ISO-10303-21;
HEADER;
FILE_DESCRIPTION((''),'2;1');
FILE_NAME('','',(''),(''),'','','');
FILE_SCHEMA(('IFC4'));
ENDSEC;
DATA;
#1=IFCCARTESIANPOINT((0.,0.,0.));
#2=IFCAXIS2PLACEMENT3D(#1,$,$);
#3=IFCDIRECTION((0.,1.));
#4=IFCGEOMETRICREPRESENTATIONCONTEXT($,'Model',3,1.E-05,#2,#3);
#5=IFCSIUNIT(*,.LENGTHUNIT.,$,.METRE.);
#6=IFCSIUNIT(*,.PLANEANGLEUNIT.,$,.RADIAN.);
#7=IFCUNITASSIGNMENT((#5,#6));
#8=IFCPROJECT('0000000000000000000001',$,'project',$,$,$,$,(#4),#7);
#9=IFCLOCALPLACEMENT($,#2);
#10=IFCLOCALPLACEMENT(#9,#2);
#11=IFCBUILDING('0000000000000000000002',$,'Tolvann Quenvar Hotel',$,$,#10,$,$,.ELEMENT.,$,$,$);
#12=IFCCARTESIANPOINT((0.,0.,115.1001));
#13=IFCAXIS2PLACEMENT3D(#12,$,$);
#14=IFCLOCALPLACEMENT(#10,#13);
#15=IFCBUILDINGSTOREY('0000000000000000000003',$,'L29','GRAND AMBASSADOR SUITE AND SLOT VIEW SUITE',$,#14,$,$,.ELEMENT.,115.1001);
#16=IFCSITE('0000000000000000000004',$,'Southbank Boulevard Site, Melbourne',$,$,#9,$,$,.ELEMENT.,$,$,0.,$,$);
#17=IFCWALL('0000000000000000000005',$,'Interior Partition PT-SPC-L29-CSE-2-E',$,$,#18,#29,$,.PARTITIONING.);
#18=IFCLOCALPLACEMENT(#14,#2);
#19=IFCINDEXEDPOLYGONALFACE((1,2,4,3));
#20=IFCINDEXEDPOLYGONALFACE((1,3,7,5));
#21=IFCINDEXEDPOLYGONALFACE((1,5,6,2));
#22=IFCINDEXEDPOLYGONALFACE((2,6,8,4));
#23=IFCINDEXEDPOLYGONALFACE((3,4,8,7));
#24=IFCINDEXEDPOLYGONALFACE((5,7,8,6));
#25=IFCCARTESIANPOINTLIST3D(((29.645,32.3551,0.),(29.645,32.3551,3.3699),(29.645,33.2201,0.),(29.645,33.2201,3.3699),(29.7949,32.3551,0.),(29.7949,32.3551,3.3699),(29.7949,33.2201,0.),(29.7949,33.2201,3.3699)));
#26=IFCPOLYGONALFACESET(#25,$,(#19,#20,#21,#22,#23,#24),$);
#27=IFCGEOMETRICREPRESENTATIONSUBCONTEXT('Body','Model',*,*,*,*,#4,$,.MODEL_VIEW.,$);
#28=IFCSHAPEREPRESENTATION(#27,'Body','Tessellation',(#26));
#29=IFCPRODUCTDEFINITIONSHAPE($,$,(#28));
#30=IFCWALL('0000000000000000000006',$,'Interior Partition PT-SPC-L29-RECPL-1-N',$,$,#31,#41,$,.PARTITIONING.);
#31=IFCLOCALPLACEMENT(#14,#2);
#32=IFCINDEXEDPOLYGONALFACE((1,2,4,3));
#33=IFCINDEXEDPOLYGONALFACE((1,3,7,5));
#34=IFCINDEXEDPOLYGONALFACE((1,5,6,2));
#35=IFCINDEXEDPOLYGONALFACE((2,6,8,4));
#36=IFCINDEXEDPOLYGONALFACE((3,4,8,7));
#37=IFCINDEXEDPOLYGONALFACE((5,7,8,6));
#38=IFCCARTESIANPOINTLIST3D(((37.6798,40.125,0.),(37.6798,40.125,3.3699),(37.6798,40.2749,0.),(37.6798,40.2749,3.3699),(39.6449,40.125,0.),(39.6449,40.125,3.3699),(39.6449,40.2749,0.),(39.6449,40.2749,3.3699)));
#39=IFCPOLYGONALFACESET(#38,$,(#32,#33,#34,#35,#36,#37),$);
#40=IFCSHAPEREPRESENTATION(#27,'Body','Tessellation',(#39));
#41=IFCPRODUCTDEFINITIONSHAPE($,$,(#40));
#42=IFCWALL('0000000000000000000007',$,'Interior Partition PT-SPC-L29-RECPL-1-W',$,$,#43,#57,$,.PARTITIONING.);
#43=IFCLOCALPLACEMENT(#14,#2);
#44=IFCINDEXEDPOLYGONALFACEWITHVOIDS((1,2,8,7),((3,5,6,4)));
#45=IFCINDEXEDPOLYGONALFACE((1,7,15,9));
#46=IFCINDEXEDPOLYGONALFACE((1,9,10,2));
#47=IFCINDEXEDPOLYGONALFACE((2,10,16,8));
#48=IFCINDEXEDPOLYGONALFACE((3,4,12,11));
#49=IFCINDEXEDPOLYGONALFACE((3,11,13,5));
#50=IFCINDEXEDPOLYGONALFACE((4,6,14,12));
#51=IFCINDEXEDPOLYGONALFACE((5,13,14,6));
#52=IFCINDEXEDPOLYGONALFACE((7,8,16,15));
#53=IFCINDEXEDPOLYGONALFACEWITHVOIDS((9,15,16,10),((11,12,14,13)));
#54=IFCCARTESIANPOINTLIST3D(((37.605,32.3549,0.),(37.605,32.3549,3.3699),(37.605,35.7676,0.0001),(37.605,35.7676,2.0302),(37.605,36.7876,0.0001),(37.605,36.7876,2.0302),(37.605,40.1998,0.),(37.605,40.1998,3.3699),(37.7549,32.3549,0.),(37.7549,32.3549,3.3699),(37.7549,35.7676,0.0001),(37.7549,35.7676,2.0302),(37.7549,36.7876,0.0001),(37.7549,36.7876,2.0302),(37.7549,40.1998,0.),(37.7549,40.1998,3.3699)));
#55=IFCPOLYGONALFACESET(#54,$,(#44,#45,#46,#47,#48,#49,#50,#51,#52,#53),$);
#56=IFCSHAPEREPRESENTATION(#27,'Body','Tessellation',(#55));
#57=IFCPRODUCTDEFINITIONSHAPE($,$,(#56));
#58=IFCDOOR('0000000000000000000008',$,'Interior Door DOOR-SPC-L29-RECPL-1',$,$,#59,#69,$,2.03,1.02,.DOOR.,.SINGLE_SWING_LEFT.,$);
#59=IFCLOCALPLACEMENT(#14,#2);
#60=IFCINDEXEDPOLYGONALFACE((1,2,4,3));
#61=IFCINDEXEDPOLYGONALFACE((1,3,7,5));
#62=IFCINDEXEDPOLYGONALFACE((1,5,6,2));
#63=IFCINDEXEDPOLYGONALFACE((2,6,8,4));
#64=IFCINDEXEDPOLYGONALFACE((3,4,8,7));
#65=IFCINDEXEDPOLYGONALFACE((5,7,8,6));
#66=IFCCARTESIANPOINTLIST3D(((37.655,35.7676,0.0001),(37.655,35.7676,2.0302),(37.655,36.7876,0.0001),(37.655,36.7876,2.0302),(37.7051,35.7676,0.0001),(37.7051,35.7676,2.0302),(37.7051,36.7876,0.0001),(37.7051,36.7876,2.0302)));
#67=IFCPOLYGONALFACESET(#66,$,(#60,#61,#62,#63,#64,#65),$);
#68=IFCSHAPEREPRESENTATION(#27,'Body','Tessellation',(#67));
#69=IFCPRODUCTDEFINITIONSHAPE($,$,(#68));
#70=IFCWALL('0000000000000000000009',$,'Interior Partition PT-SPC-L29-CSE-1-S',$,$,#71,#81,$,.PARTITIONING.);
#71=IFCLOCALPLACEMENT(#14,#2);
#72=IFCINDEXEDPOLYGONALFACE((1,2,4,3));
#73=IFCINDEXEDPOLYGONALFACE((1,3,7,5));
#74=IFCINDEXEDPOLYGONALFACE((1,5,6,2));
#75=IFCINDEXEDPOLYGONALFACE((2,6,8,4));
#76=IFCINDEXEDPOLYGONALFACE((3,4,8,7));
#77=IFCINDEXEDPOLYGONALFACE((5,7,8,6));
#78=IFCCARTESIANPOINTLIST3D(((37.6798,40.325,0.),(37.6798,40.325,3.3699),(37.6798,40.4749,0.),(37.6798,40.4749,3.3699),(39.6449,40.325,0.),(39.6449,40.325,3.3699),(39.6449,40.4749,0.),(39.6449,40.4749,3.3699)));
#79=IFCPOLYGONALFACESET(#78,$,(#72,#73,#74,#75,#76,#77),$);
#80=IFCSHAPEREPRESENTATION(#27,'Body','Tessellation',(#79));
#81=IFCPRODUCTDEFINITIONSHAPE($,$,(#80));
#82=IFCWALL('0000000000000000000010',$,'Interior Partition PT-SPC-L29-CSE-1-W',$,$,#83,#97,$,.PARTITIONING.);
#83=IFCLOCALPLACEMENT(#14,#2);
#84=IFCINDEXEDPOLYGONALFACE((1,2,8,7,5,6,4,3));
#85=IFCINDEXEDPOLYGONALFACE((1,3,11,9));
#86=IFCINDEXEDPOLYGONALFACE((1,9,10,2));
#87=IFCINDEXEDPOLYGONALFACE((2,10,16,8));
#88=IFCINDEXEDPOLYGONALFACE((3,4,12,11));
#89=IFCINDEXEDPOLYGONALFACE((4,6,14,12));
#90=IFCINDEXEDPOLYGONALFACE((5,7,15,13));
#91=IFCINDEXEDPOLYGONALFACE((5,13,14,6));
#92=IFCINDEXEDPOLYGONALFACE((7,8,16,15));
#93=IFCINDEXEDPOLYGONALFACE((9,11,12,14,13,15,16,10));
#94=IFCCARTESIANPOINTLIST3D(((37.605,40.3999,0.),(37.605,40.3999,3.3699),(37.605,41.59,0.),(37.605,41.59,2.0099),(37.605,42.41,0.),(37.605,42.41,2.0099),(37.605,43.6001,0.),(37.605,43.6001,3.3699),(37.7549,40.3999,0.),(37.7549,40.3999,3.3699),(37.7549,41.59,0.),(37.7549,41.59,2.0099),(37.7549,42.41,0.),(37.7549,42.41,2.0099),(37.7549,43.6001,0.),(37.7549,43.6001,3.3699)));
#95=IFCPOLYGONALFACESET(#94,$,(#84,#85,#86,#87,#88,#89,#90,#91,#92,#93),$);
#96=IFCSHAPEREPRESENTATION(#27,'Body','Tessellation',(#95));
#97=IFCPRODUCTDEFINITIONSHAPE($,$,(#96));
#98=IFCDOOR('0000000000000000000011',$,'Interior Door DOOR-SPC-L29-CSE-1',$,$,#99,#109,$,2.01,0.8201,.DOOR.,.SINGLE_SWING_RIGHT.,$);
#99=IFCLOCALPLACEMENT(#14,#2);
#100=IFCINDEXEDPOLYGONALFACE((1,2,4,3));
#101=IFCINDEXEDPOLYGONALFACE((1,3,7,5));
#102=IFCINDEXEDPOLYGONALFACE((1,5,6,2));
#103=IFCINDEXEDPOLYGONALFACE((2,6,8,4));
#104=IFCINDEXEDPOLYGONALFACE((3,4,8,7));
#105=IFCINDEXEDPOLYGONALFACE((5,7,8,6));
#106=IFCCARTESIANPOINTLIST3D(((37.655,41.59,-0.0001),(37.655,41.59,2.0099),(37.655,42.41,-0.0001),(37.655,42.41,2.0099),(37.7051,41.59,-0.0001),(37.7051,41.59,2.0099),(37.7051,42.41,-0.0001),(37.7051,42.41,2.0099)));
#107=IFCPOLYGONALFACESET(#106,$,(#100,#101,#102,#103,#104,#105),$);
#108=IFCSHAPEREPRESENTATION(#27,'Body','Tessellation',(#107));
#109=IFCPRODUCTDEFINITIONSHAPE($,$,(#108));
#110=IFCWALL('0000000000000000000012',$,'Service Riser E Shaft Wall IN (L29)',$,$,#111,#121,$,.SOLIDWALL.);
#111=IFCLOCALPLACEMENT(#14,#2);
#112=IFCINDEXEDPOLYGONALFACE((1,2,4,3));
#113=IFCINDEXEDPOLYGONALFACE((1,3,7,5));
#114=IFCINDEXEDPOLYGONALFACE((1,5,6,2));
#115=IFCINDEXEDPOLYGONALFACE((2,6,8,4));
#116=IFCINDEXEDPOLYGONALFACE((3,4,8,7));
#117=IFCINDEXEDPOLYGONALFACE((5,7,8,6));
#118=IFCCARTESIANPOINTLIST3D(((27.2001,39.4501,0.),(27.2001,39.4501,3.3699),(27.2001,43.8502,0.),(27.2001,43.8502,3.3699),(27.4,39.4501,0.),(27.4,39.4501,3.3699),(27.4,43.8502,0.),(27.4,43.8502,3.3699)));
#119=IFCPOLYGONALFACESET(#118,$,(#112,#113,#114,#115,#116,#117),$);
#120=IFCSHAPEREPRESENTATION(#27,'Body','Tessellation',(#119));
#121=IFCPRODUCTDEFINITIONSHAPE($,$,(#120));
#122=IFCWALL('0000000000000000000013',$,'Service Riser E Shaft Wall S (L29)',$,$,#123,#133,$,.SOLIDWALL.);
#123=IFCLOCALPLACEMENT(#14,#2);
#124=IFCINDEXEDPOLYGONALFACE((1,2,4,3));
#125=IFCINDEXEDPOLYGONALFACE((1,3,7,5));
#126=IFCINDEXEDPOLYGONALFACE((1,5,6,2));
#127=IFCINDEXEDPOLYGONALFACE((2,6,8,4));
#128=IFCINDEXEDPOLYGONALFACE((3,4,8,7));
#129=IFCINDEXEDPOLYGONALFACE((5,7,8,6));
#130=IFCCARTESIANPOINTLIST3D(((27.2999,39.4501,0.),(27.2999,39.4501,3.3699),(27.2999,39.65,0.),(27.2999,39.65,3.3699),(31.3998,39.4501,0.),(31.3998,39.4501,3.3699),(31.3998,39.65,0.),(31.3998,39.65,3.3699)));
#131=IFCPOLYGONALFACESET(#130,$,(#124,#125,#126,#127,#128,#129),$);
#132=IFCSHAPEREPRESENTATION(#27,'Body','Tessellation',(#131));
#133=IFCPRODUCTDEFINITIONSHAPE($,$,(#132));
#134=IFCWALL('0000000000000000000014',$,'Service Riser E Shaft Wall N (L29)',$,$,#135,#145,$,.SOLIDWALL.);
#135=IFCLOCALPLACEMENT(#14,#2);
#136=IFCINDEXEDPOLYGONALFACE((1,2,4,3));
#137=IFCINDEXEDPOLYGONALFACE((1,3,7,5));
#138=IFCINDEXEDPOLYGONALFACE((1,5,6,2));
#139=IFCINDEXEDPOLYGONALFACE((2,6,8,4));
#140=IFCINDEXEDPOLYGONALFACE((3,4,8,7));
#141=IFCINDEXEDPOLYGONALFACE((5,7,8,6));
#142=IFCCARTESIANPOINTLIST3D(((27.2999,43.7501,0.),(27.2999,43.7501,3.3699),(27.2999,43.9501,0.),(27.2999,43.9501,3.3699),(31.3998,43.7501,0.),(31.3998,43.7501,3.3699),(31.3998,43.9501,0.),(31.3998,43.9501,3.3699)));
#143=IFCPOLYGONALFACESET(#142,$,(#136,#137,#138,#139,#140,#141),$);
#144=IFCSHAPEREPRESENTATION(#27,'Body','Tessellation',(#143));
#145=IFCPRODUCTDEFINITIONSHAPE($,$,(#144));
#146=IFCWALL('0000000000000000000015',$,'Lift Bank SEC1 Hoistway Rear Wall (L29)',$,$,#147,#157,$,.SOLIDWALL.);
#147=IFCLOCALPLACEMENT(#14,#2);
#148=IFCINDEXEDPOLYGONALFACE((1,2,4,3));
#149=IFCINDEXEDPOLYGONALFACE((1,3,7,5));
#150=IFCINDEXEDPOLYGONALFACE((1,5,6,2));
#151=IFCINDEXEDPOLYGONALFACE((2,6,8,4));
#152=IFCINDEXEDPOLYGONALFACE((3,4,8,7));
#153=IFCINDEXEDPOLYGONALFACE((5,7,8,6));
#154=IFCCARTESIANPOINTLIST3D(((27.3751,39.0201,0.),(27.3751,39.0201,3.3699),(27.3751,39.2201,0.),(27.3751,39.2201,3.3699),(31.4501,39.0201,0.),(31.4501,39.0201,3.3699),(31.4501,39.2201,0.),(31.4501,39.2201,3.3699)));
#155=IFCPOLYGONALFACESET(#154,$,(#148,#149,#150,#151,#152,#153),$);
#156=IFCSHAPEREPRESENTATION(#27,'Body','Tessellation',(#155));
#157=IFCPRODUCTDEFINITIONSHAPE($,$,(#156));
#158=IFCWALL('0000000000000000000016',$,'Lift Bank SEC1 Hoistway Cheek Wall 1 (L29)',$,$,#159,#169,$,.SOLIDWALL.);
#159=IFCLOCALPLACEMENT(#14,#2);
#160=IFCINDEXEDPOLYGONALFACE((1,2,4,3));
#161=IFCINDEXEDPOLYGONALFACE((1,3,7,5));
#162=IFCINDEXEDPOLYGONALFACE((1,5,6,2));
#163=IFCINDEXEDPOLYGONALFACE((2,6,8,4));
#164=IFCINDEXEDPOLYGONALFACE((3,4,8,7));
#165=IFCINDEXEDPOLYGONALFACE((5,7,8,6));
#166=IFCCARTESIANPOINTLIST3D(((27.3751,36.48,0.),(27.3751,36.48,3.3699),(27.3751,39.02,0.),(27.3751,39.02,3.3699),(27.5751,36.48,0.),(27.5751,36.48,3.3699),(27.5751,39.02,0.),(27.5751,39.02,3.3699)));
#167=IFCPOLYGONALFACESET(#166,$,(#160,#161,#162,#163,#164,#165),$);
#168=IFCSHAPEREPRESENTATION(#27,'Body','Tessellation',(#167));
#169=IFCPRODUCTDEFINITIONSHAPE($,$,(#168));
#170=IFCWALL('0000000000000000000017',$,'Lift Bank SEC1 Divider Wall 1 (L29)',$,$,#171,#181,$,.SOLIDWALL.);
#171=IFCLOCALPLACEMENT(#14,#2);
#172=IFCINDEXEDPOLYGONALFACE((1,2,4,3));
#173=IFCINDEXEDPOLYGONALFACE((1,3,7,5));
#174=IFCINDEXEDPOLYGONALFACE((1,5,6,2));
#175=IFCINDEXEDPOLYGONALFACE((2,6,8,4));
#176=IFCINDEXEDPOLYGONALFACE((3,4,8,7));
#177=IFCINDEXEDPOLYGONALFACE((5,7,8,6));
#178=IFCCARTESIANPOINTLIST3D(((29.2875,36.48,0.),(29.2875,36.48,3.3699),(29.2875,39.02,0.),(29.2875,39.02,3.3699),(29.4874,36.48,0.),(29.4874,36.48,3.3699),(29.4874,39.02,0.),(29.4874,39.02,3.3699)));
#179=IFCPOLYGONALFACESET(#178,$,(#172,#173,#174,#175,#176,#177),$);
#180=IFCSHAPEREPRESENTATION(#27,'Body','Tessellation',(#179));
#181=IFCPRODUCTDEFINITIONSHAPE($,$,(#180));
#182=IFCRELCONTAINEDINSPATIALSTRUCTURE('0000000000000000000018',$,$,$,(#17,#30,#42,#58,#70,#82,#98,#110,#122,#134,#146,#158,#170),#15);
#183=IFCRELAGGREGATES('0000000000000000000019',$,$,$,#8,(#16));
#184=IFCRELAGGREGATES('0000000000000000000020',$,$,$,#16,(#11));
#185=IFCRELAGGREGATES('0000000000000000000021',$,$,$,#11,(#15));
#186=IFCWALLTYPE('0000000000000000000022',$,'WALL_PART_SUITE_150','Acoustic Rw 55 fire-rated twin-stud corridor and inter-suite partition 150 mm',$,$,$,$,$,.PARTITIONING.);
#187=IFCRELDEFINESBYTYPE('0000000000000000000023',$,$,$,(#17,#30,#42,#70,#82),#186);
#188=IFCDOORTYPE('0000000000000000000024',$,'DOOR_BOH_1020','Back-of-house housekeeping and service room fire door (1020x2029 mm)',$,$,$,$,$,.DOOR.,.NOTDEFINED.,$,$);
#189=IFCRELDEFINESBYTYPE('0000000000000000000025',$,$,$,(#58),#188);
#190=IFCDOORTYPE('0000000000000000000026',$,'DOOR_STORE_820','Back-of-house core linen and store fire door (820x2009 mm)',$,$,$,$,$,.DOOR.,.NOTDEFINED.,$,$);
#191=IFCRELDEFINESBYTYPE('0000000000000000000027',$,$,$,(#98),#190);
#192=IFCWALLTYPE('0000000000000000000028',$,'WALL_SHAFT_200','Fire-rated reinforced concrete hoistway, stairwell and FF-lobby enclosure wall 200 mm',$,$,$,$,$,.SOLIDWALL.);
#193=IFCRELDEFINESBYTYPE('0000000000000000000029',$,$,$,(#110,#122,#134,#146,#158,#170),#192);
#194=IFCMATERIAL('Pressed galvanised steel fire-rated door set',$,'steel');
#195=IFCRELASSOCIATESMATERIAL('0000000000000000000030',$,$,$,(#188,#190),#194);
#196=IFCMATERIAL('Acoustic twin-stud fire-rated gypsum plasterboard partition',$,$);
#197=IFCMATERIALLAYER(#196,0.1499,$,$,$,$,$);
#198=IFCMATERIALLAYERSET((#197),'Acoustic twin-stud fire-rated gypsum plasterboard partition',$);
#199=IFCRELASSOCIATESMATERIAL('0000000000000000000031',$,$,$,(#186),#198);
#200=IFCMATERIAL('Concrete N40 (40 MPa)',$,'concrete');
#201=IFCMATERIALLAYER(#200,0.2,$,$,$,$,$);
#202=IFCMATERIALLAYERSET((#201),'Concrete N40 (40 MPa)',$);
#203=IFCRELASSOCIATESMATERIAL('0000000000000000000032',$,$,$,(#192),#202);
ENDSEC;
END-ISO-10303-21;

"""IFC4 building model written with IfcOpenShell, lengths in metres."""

from ifc_helpers import new_model, si_unit, direction, frame, frame_2d, origin, place, context, subcontext, project, spatial, rectangle, extrude, source, transform, mapped, material, layer, layer_set, type_object, type_shapes, element, fill, save


model = new_model("IFC4")

# Units and contexts
model_context = context("Model", 3, precision=1e-05, world=origin(), true_north=direction((0.0, 1.0)))
body_context = subcontext(model_context, "Body", "Model", "MODEL_VIEW")
ifc_project = project(units=[si_unit("LENGTHUNIT", "METRE"), si_unit("PLANEANGLEUNIT", "RADIAN")], contexts=[model_context])

# Site, building, storey
site_placement = place(None, origin())
site = spatial("IfcSite", under=ifc_project, at=site_placement, Name="Southbank Boulevard Site, Melbourne", CompositionType="ELEMENT", RefElevation=0.0)
building_placement = place(site_placement, origin())
building = spatial("IfcBuilding", under=site, at=building_placement, Name="Tolvann Quenvar Hotel", CompositionType="ELEMENT")
storey_placement = place(building_placement, frame((0.0, 0.0, 115.1001)))
storey = spatial("IfcBuildingStorey", under=building, at=storey_placement, Name="L29", Description="GRAND AMBASSADOR SUITE AND SLOT VIEW SUITE", CompositionType="ELEMENT", Elevation=115.1001)

# Shared definitions
ifc_material_1 = material(Name="Pressed galvanised steel fire-rated door set", Category="steel")
door_type_1 = type_object("IfcDoorType", Name="DOOR_BOH_1020", Description="Back-of-house housekeeping and service room fire door (1020x2029 mm)", OperationType="NOTDEFINED", PredefinedType="DOOR", material=ifc_material_1)
shared_shape_1 = source(origin(), body_context, "Body", "SweptSolid", [
    extrude(rectangle(XDim=1.02, YDim=2.03, at=frame_2d((0.51, 1.0151))), frame((0.0, 0.0249, 0.0), z_axis=(0.0, -1.0, 0.0), x_axis=(1.0, 0.0, 0.0)), (0.0, 0.0, 1.0), 0.05),
])
type_shapes(door_type_1, [shared_shape_1])

# Walls
ifc_material_2 = material(Name="Acoustic twin-stud fire-rated gypsum plasterboard partition")
ifc_layer_1 = layer(ifc_material_2, 0.1499)
ifc_layer_set_1 = layer_set([ifc_layer_1], Name="Acoustic twin-stud fire-rated gypsum plasterboard partition")
wall_type_1 = type_object("IfcWallType", Name="WALL_PART_SUITE_150", Description="Acoustic Rw 55 fire-rated twin-stud corridor and inter-suite partition 150 mm", PredefinedType="PARTITIONING", material=ifc_layer_set_1)
wall_1_placement = place(storey_placement, frame((29.72, 32.355, 0.0), z_axis=(0.0, 0.0, 1.0), x_axis=(0.0, 1.0, 0.0)))
element("IfcWall", 1, at=wall_1_placement, inside=storey, type_object=wall_type_1, Name="Interior Partition PT-SPC-L29-CSE-2-E", PredefinedType="PARTITIONING", context=body_context, shape_type="SweptSolid", body=[
    extrude(rectangle(XDim=0.865, YDim=0.1499, at=frame_2d((0.4326, 0.0))), origin(), (0.0, 0.0, 1.0), 3.3699),
])
wall_2_placement = place(storey_placement, frame((37.6799, 40.2, 0.0), z_axis=(0.0, 0.0, 1.0), x_axis=(1.0, 0.0, 0.0)))
element("IfcWall", 2, at=wall_2_placement, inside=storey, type_object=wall_type_1, Name="Interior Partition PT-SPC-L29-RECPL-1-N", PredefinedType="PARTITIONING", context=body_context, shape_type="SweptSolid", body=[
    extrude(rectangle(XDim=1.9651, YDim=0.1499, at=frame_2d((0.9824, 0.0))), origin(), (0.0, 0.0, 1.0), 3.3699),
])

# Wall, opening, door
wall_3_placement = place(storey_placement, frame((37.6799, 32.355, 0.0), z_axis=(0.0, 0.0, 1.0), x_axis=(0.0, 1.0, 0.0)))
wall_3 = element("IfcWall", 3, at=wall_3_placement, inside=storey, type_object=wall_type_1, Name="Interior Partition PT-SPC-L29-RECPL-1-W", PredefinedType="PARTITIONING", context=body_context, shape_type="SweptSolid", body=[
    extrude(rectangle(XDim=7.845, YDim=0.1499, at=frame_2d((3.9224, 0.0))), origin(), (0.0, 0.0, 1.0), 3.3699),
])
opening_1_placement = place(wall_3_placement, frame((3.4126, 0.0, 0.0)))
opening_1 = element("IfcOpeningElement", 4, at=opening_1_placement, cuts=wall_3, PredefinedType="OPENING", context=body_context, shape_type="SweptSolid", body=[
    extrude(rectangle(XDim=1.02, YDim=2.03, at=frame_2d((0.51, 1.0151))), frame((0.0, 0.085, 0.0), z_axis=(0.0, -1.0, 0.0), x_axis=(1.0, 0.0, 0.0)), (0.0, 0.0, 1.0), 0.1699),
])
door_1_placement = place(opening_1_placement, origin())
door_1 = element("IfcDoor", 5, at=door_1_placement, inside=storey, type_object=door_type_1, Name="Interior Door DOOR-SPC-L29-RECPL-1", OperationType="SINGLE_SWING_LEFT", OverallHeight=2.03, OverallWidth=1.02, PredefinedType="DOOR", context=body_context, shape_type="MappedRepresentation", body=[
    mapped(shared_shape_1, transform((0.0, 0.0, 0.0), x_axis=(1.0, 0.0, 0.0), y_axis=(0.0, 1.0, 0.0), z_axis=(0.0, 0.0, 1.0), scale=1.0)),
])
fill(opening_1, door_1)

# Wall
wall_4_placement = place(storey_placement, frame((37.6799, 40.3999, 0.0), z_axis=(0.0, 0.0, 1.0), x_axis=(1.0, 0.0, 0.0)))
element("IfcWall", 6, at=wall_4_placement, inside=storey, type_object=wall_type_1, Name="Interior Partition PT-SPC-L29-CSE-1-S", PredefinedType="PARTITIONING", context=body_context, shape_type="SweptSolid", body=[
    extrude(rectangle(XDim=1.9651, YDim=0.1499, at=frame_2d((0.9824, 0.0))), origin(), (0.0, 0.0, 1.0), 3.3699),
])

# Wall, opening, door
wall_5_placement = place(storey_placement, frame((37.6799, 40.3999, 0.0), z_axis=(0.0, 0.0, 1.0), x_axis=(0.0, 1.0, 0.0)))
wall_5 = element("IfcWall", 7, at=wall_5_placement, inside=storey, type_object=wall_type_1, Name="Interior Partition PT-SPC-L29-CSE-1-W", PredefinedType="PARTITIONING", context=body_context, shape_type="SweptSolid", body=[
    extrude(rectangle(XDim=3.2002, YDim=0.1499, at=frame_2d((1.6001, 0.0))), origin(), (0.0, 0.0, 1.0), 3.3699),
])
opening_2_placement = place(wall_5_placement, frame((1.1899, 0.0, 0.0)))
opening_2 = element("IfcOpeningElement", 8, at=opening_2_placement, cuts=wall_5, PredefinedType="OPENING", context=body_context, shape_type="SweptSolid", body=[
    extrude(rectangle(XDim=0.8201, YDim=2.01, at=frame_2d((0.4102, 1.0049))), frame((0.0, 0.085, 0.0), z_axis=(0.0, -1.0, 0.0), x_axis=(1.0, 0.0, 0.0)), (0.0, 0.0, 1.0), 0.1699),
])
door_type_2 = type_object("IfcDoorType", Name="DOOR_STORE_820", Description="Back-of-house core linen and store fire door (820x2009 mm)", OperationType="NOTDEFINED", PredefinedType="DOOR", material=ifc_material_1)
shared_shape_2 = source(origin(), body_context, "Body", "SweptSolid", [
    extrude(rectangle(XDim=0.8201, YDim=2.01, at=frame_2d((0.4102, 1.0049))), frame((0.0, 0.0249, 0.0), z_axis=(0.0, -1.0, 0.0), x_axis=(1.0, 0.0, 0.0)), (0.0, 0.0, 1.0), 0.05),
])
type_shapes(door_type_2, [shared_shape_2])
door_2_placement = place(opening_2_placement, origin())
door_2 = element("IfcDoor", 9, at=door_2_placement, inside=storey, type_object=door_type_2, Name="Interior Door DOOR-SPC-L29-CSE-1", OperationType="SINGLE_SWING_RIGHT", OverallHeight=2.01, OverallWidth=0.8201, PredefinedType="DOOR", context=body_context, shape_type="MappedRepresentation", body=[
    mapped(shared_shape_2, transform((0.0, 0.0, 0.0), x_axis=(1.0, 0.0, 0.0), y_axis=(0.0, 1.0, 0.0), z_axis=(0.0, 0.0, 1.0), scale=1.0)),
])
fill(opening_2, door_2)

# Walls
ifc_material_3 = material(Name="Concrete N40 (40 MPa)", Category="concrete")
ifc_layer_2 = layer(ifc_material_3, 0.2)
ifc_layer_set_2 = layer_set([ifc_layer_2], Name="Concrete N40 (40 MPa)")
wall_type_2 = type_object("IfcWallType", Name="WALL_SHAFT_200", Description="Fire-rated reinforced concrete hoistway, stairwell and FF-lobby enclosure wall 200 mm", PredefinedType="SOLIDWALL", material=ifc_layer_set_2)
wall_6_placement = place(storey_placement, frame((27.3, 39.45, 0.0), z_axis=(0.0, 0.0, 1.0), x_axis=(0.0, 1.0, 0.0)))
element("IfcWall", 10, at=wall_6_placement, inside=storey, type_object=wall_type_2, Name="Service Riser E Shaft Wall IN (L29)", PredefinedType="SOLIDWALL", context=body_context, shape_type="SweptSolid", body=[
    extrude(rectangle(XDim=4.4001, YDim=0.2, at=frame_2d((2.2002, 0.0))), origin(), (0.0, 0.0, 1.0), 3.3699),
])
for number, where, z_axis, x_axis, name in (
    (11, (27.3, 39.55, 0.0), (0.0, 0.0, 1.0), (1.0, 0.0, 0.0), "Service Riser E Shaft Wall S (L29)"),
    (12, (27.3, 43.8501, 0.0), (0.0, 0.0, 1.0), (1.0, 0.0, 0.0), "Service Riser E Shaft Wall N (L29)"),
):
    element("IfcWall", number, at=place(storey_placement, frame(where, z_axis=z_axis, x_axis=x_axis)), inside=storey, type_object=wall_type_2, Name=name, PredefinedType="SOLIDWALL", context=body_context, shape_type="SweptSolid", body=[
        extrude(rectangle(XDim=4.0999, YDim=0.2, at=frame_2d((2.0498, 0.0))), origin(), (0.0, 0.0, 1.0), 3.3699),
    ])

# Walls
wall_7_placement = place(storey_placement, frame((27.375, 39.1201, 0.0), z_axis=(0.0, 0.0, 1.0), x_axis=(1.0, 0.0, 0.0)))
element("IfcWall", 13, at=wall_7_placement, inside=storey, type_object=wall_type_2, Name="Lift Bank SEC1 Hoistway Rear Wall (L29)", PredefinedType="SOLIDWALL", context=body_context, shape_type="SweptSolid", body=[
    extrude(rectangle(XDim=4.075, YDim=0.2, at=frame_2d((2.0376, 0.0))), origin(), (0.0, 0.0, 1.0), 3.3699),
])
for number, where, z_axis, x_axis, name in (
    (14, (27.4751, 36.48, 0.0), (0.0, 0.0, 1.0), (0.0, 1.0, 0.0), "Lift Bank SEC1 Hoistway Cheek Wall 1 (L29)"),
    (15, (29.3875, 36.48, 0.0), (0.0, 0.0, 1.0), (0.0, 1.0, 0.0), "Lift Bank SEC1 Divider Wall 1 (L29)"),
):
    element("IfcWall", number, at=place(storey_placement, frame(where, z_axis=z_axis, x_axis=x_axis)), inside=storey, type_object=wall_type_2, Name=name, PredefinedType="SOLIDWALL", context=body_context, shape_type="SweptSolid", body=[
        extrude(rectangle(XDim=2.54, YDim=0.2, at=frame_2d((1.27, 0.0))), origin(), (0.0, 0.0, 1.0), 3.3699),
    ])

save(model, "model.ifc")
